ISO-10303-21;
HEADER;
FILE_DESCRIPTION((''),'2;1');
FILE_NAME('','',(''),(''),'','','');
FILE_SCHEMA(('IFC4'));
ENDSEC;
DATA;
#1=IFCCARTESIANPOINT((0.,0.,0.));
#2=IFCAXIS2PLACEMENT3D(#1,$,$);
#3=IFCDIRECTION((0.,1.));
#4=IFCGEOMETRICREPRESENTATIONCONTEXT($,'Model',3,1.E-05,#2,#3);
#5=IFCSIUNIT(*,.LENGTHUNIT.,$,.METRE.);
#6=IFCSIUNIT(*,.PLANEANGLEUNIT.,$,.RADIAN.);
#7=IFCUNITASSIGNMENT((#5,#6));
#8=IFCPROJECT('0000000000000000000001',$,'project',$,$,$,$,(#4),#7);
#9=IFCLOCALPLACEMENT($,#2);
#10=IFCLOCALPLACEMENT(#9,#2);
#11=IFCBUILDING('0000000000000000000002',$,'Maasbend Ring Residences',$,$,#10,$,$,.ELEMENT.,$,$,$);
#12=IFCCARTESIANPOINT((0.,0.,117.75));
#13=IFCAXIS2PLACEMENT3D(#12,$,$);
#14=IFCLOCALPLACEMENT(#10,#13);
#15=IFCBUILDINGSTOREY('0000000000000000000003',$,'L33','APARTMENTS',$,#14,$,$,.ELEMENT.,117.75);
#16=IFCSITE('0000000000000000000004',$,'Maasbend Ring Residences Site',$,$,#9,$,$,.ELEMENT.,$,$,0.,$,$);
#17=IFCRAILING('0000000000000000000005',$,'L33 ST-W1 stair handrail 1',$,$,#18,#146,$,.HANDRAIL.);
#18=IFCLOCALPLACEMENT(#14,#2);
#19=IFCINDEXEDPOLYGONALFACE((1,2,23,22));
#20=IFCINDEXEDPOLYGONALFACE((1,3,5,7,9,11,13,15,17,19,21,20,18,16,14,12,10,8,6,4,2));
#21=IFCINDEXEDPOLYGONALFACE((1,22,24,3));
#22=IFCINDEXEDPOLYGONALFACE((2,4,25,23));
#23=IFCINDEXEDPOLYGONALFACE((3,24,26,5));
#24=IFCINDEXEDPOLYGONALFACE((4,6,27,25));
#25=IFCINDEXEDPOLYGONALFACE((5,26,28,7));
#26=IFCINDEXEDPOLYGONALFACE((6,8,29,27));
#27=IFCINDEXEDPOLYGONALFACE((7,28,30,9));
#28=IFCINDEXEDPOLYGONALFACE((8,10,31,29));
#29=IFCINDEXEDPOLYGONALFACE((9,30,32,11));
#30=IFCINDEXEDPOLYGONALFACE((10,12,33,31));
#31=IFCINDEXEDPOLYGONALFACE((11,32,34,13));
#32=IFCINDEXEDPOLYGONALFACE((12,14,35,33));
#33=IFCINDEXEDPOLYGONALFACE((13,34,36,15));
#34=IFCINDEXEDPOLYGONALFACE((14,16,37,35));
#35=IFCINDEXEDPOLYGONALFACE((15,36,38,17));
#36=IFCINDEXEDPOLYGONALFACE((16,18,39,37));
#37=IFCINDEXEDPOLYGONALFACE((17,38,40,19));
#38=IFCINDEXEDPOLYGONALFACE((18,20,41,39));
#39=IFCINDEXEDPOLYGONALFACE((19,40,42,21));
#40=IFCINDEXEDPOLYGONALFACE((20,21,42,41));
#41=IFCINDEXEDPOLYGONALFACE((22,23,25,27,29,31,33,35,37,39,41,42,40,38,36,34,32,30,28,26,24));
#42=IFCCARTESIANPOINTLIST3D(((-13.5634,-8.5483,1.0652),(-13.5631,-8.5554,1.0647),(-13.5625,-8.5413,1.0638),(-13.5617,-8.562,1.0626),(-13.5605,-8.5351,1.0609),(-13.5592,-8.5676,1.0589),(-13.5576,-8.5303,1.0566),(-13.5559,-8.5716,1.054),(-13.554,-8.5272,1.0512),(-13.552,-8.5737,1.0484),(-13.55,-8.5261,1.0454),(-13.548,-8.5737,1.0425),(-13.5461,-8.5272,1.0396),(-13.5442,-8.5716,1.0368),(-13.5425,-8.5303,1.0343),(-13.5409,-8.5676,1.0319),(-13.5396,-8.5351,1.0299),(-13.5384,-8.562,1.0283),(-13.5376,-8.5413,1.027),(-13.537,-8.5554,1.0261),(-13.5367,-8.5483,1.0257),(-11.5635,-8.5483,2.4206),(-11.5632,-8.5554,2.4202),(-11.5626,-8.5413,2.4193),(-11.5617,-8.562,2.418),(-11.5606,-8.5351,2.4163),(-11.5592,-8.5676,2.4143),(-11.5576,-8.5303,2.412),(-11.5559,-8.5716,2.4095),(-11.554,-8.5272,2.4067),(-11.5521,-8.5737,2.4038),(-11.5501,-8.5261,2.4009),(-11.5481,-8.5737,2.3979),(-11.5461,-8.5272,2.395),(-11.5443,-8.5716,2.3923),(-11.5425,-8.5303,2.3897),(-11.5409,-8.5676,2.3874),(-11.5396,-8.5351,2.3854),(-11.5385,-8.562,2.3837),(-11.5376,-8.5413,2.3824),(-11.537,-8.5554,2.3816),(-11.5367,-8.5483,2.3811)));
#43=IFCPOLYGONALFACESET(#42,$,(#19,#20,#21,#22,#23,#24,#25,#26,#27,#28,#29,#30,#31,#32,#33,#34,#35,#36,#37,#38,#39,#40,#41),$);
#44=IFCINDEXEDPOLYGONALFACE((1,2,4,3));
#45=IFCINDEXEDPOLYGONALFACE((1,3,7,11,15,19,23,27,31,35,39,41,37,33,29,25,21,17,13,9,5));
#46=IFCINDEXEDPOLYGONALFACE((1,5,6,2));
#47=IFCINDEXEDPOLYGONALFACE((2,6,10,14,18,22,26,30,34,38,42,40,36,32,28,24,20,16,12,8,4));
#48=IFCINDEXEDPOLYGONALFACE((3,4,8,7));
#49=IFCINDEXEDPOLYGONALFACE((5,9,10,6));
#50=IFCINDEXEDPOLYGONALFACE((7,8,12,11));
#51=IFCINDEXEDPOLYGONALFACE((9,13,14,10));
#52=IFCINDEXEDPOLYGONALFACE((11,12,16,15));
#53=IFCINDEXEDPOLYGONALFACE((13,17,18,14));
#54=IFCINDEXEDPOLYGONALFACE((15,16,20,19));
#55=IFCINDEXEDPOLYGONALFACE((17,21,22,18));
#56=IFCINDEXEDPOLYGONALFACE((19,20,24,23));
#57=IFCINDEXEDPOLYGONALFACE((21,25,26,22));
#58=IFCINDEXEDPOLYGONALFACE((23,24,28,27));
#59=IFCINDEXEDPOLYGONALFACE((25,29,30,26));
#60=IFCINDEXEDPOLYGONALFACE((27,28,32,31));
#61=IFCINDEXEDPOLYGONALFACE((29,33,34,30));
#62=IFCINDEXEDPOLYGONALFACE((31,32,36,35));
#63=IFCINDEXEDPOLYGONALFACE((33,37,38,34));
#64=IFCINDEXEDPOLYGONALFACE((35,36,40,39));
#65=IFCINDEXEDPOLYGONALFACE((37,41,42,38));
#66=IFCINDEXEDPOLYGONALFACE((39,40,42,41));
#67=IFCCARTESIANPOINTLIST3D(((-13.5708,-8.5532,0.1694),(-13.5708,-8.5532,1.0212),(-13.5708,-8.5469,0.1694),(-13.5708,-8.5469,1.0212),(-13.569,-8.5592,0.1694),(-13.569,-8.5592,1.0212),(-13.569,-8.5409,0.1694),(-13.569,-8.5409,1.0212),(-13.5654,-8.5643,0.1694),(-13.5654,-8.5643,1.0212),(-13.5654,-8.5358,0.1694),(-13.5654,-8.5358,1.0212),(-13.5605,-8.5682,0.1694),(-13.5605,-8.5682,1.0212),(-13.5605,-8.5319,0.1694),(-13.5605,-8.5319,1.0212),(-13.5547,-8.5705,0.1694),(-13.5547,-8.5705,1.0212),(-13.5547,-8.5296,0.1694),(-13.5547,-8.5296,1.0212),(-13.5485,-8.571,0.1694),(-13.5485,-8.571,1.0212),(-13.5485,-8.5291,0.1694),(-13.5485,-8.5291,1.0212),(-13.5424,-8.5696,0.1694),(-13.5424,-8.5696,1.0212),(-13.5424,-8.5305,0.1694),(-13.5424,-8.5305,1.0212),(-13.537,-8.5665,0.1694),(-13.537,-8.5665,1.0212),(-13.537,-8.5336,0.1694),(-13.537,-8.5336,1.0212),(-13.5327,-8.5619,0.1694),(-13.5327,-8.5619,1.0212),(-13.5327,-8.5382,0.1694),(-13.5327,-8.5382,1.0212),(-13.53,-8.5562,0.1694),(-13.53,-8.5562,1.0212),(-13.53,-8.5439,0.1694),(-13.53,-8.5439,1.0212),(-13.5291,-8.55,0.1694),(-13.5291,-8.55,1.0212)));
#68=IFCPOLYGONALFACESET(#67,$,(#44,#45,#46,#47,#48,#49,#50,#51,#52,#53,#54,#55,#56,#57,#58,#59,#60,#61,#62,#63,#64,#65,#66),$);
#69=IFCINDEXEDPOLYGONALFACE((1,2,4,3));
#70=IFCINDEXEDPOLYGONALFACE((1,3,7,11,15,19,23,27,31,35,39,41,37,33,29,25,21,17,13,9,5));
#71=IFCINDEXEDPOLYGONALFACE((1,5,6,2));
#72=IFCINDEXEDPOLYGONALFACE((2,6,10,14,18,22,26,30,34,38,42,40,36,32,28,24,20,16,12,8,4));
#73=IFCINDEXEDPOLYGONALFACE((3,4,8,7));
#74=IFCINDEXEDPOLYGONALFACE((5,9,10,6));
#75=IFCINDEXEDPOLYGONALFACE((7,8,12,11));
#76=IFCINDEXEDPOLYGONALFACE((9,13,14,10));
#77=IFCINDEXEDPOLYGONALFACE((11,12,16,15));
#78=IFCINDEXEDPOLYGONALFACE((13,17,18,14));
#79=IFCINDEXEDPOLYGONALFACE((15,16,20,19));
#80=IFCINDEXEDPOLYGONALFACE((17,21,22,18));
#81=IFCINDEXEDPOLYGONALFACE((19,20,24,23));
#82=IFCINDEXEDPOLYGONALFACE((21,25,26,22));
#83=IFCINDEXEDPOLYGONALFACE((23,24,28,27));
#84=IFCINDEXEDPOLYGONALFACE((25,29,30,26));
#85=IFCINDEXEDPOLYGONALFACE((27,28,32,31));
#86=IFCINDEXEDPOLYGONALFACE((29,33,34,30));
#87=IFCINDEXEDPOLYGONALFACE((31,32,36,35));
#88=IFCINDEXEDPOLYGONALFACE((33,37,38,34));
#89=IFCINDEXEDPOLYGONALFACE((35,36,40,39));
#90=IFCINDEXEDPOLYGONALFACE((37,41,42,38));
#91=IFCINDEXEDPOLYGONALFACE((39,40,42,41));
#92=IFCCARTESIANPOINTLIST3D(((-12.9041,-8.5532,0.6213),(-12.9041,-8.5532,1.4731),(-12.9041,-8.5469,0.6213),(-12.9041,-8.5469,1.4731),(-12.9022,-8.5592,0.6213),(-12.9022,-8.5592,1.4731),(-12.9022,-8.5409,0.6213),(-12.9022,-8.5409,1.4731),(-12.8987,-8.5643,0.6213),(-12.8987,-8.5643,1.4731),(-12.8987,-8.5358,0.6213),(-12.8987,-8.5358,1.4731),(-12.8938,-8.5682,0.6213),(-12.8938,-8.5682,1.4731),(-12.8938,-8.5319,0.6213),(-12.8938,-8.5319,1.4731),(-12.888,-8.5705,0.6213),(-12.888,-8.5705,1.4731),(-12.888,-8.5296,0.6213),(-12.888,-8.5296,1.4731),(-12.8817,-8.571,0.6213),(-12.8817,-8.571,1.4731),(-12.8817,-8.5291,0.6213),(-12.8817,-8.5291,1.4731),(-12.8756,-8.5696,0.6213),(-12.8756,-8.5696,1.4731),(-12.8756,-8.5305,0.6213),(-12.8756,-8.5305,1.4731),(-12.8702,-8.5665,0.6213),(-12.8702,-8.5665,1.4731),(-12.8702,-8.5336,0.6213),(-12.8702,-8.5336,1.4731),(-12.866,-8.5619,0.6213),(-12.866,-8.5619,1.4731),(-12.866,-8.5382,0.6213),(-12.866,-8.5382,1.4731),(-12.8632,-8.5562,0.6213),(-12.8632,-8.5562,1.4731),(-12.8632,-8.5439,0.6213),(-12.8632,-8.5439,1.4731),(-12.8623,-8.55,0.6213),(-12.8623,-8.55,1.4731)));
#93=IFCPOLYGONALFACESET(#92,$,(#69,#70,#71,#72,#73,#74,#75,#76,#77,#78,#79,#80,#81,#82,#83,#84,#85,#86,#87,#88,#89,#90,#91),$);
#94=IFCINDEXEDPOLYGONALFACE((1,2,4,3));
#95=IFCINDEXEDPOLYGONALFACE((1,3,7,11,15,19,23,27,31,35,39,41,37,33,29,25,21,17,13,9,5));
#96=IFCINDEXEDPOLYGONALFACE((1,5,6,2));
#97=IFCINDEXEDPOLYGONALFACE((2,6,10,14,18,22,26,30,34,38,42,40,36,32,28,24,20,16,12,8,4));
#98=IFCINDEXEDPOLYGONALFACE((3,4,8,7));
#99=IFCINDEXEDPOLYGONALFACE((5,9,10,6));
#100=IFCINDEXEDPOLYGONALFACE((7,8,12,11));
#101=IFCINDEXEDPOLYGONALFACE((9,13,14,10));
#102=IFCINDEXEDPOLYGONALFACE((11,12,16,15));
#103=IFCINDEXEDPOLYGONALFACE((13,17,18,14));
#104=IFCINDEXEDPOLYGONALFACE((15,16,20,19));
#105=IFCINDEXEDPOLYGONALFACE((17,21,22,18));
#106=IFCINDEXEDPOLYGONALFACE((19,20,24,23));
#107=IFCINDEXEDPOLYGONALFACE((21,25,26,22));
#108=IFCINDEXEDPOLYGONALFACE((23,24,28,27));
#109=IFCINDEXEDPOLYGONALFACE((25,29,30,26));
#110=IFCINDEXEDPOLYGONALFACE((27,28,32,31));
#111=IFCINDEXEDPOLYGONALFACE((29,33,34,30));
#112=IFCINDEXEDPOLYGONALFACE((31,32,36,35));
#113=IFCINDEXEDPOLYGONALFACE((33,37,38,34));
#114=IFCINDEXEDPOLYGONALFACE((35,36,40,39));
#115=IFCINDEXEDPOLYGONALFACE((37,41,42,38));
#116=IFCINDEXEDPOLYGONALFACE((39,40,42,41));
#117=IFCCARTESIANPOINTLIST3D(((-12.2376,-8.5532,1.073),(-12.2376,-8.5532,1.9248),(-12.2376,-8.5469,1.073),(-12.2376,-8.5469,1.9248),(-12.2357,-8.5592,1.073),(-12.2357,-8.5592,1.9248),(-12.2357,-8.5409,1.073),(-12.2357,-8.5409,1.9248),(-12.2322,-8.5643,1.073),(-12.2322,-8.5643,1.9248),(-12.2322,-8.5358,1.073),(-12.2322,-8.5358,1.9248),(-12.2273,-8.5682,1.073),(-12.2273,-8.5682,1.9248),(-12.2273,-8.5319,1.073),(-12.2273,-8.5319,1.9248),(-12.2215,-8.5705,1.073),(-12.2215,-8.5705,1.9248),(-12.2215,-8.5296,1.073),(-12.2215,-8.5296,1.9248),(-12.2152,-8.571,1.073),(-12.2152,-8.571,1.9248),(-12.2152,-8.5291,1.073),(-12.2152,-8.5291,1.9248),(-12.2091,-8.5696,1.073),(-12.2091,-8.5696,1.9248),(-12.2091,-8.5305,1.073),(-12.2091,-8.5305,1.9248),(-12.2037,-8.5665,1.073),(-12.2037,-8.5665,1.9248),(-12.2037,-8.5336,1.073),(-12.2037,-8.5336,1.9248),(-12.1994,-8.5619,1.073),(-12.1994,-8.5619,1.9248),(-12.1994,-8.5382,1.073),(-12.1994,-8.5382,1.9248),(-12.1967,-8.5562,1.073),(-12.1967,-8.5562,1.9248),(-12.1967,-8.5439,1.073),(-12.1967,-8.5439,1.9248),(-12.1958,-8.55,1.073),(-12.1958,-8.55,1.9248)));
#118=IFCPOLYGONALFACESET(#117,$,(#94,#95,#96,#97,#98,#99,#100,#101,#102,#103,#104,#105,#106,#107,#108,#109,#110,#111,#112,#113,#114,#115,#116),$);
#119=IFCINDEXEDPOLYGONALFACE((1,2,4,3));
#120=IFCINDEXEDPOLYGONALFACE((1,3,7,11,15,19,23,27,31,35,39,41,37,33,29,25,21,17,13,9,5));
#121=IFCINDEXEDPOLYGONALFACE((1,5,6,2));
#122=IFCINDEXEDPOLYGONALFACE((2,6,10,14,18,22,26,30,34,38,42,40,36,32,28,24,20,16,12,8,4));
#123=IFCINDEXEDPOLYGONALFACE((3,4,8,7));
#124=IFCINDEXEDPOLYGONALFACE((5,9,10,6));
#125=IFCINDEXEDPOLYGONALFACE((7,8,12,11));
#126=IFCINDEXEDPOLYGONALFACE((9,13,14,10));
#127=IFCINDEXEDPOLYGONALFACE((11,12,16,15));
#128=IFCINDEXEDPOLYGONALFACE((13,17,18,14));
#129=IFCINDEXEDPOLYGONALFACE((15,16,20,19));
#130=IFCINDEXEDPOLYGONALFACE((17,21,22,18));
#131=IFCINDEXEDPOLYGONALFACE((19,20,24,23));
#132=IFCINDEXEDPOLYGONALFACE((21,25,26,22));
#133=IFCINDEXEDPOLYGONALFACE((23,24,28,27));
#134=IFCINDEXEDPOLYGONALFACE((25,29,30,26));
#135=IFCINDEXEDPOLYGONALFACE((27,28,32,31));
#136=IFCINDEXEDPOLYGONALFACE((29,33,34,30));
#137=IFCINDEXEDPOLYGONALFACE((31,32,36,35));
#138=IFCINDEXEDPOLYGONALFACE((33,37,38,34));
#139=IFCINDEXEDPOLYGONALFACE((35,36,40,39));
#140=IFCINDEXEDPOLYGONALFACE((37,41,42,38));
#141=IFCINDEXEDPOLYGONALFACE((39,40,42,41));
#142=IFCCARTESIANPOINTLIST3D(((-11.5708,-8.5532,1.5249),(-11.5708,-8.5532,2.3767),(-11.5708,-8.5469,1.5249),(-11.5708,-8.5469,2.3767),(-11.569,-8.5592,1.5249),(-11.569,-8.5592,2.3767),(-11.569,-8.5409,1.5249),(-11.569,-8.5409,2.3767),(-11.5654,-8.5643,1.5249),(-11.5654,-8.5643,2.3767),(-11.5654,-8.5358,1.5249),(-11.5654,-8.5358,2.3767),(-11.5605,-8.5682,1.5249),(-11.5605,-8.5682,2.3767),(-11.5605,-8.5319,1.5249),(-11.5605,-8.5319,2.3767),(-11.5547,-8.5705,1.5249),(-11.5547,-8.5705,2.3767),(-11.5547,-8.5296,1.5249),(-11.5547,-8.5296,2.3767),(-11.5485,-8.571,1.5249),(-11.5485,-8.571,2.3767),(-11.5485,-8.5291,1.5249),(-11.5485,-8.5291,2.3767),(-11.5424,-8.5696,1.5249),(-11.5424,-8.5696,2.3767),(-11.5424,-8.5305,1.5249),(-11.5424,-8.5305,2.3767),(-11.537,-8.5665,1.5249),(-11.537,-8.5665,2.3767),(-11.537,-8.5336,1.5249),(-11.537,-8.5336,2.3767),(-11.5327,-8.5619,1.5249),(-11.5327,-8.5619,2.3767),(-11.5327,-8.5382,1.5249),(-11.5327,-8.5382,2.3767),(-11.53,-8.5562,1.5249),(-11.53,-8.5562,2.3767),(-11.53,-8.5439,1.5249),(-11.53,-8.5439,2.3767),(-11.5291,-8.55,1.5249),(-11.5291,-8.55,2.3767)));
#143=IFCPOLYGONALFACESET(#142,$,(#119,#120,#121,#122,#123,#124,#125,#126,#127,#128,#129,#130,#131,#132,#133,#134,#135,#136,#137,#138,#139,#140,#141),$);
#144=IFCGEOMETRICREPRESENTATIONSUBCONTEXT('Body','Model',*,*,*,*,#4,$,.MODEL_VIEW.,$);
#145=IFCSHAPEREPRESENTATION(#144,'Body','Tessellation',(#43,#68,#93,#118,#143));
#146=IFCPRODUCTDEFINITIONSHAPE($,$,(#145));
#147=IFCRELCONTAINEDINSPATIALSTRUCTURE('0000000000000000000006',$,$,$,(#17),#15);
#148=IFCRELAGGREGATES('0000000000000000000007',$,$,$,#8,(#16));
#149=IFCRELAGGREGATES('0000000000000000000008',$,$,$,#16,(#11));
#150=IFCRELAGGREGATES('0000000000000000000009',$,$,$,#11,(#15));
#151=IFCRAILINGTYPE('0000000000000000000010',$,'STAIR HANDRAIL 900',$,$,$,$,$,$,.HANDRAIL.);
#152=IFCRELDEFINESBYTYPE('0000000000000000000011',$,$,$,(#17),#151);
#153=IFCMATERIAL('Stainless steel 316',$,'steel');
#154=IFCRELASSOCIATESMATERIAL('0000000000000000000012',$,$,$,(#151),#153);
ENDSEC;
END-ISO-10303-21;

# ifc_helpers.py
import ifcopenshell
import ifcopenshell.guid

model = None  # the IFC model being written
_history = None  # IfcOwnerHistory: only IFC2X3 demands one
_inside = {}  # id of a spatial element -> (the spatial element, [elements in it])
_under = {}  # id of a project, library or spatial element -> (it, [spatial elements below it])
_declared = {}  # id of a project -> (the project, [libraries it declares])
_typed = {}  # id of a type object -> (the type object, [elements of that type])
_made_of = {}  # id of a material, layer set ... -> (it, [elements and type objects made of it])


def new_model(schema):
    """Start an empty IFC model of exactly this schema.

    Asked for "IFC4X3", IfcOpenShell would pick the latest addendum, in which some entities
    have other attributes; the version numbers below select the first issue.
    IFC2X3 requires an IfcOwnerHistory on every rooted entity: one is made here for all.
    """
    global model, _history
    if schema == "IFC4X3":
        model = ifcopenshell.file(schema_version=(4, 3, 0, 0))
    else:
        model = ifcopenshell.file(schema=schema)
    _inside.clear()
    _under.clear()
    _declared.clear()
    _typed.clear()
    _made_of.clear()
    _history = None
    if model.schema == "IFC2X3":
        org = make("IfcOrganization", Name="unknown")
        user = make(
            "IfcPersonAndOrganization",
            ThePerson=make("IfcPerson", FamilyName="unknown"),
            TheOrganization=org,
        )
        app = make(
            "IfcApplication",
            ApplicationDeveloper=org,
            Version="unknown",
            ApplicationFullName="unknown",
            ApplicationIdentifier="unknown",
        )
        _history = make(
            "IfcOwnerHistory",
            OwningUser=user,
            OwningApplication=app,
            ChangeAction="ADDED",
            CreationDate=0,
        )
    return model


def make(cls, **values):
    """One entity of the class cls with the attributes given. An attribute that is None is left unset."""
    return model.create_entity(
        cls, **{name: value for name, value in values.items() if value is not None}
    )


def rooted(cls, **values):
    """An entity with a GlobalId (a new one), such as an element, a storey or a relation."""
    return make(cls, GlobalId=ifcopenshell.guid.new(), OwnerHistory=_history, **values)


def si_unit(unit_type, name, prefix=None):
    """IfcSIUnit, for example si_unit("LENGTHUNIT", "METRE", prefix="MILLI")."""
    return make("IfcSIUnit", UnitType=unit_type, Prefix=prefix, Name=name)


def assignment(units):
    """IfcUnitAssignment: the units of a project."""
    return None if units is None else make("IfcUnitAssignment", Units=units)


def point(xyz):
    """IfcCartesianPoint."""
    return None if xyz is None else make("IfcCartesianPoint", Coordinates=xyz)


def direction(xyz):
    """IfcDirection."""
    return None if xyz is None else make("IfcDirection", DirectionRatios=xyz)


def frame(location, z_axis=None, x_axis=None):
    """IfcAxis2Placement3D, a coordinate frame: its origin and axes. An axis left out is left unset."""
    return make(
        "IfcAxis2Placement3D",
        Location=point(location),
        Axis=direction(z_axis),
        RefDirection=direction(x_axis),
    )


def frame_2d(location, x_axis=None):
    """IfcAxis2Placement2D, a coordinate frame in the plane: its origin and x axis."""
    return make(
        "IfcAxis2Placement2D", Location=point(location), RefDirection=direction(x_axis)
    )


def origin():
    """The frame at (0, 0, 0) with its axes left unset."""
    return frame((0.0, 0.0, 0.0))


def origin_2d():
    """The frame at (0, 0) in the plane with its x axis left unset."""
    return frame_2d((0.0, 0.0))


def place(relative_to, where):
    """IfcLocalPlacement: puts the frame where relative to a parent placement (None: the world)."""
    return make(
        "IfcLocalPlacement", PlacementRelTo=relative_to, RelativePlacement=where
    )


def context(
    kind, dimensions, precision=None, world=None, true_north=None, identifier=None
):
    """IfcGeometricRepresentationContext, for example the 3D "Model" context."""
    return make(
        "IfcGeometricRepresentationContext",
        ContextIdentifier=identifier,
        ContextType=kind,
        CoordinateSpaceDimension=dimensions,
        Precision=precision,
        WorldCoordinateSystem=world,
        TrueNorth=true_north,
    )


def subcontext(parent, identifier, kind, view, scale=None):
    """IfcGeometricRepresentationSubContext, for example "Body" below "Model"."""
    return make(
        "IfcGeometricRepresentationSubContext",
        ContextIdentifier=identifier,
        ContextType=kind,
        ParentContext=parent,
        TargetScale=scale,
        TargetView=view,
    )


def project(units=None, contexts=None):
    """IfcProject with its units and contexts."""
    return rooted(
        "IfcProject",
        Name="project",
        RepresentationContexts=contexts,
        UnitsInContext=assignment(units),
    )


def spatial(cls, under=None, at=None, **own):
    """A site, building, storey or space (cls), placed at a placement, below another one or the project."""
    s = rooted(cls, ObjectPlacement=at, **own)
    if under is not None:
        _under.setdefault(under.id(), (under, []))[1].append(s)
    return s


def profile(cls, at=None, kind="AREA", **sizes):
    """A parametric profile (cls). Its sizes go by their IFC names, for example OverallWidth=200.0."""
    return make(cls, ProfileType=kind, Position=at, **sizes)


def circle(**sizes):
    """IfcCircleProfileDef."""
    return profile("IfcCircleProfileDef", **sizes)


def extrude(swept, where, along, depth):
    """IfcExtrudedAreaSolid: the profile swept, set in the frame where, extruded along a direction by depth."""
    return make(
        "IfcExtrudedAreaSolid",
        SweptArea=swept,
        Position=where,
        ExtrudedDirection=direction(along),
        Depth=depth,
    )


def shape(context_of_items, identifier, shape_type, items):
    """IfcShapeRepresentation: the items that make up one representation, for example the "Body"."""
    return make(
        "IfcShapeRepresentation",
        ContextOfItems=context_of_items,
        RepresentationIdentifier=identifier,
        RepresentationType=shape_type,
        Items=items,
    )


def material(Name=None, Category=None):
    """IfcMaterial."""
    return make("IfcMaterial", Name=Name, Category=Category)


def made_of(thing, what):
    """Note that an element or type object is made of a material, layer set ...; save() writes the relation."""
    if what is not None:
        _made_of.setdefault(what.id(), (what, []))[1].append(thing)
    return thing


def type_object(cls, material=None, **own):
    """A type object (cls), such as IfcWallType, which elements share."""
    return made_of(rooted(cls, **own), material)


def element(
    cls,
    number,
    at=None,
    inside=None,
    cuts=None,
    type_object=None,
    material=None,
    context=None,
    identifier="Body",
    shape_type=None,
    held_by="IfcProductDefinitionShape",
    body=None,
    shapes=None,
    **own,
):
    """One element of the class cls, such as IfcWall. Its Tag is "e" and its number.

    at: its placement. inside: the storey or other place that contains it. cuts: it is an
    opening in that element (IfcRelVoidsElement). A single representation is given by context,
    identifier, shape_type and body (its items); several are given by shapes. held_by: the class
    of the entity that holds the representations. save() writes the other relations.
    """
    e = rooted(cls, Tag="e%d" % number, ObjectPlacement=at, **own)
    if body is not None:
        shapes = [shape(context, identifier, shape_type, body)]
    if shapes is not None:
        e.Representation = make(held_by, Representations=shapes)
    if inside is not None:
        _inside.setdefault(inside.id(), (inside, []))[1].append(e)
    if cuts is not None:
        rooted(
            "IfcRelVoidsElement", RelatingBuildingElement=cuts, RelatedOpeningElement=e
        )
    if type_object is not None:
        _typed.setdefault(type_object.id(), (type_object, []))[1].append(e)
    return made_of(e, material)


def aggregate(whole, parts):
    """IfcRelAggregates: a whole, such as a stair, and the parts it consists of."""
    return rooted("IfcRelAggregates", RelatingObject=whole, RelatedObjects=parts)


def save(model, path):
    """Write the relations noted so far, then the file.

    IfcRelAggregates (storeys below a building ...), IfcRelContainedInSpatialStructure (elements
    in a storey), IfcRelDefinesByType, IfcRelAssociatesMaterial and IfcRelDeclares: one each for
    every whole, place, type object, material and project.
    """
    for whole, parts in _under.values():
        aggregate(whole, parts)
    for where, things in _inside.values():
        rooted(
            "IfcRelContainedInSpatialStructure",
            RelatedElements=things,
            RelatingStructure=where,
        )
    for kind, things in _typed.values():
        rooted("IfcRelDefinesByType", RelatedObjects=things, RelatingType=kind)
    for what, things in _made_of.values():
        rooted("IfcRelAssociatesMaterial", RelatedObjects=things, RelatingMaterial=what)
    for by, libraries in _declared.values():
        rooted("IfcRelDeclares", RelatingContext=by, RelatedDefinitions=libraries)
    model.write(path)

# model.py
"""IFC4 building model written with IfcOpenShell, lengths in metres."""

from ifc_helpers import new_model, si_unit, direction, frame, origin, origin_2d, place, context, subcontext, project, spatial, circle, extrude, material, type_object, element, save


model = new_model("IFC4")

# Units and contexts
model_context = context("Model", 3, precision=1e-05, world=origin(), true_north=direction((0.0, 1.0)))
body_context = subcontext(model_context, "Body", "Model", "MODEL_VIEW")
ifc_project = project(units=[si_unit("LENGTHUNIT", "METRE"), si_unit("PLANEANGLEUNIT", "RADIAN")], contexts=[model_context])

# Site, building, storey
site_placement = place(None, origin())
site = spatial("IfcSite", under=ifc_project, at=site_placement, Name="Maasbend Ring Residences Site", CompositionType="ELEMENT", RefElevation=0.0)
building_placement = place(site_placement, origin())
building = spatial("IfcBuilding", under=site, at=building_placement, Name="Maasbend Ring Residences", CompositionType="ELEMENT")
storey_placement = place(building_placement, frame((0.0, 0.0, 117.75)))
storey = spatial("IfcBuildingStorey", under=building, at=storey_placement, Name="L33", Description="APARTMENTS", CompositionType="ELEMENT", Elevation=117.75)

# Railing
ifc_material_1 = material(Name="Stainless steel 316", Category="steel")
railing_type_1 = type_object("IfcRailingType", Name="STAIR HANDRAIL 900", PredefinedType="HANDRAIL", material=ifc_material_1)
railing_1_placement = place(storey_placement, frame((-13.55, -8.55, 0.1694)))
element("IfcRailing", 1, at=railing_1_placement, inside=storey, type_object=railing_type_1, Name="L33 ST-W1 stair handrail 1", PredefinedType="HANDRAIL", context=body_context, shape_type="SweptSolid", body=[
    extrude(circle(Radius=0.0239, at=origin_2d()), frame((0.0, 0.0, 0.876), z_axis=(0.827798, 0.0, 0.561027), x_axis=(0.0, 1.0, 0.0)), (0.0, 0.0, 1.0), 2.416),
    extrude(circle(Radius=0.021, at=origin_2d()), origin(), (0.0, 0.0, 1.0), 0.8518),
    extrude(circle(Radius=0.021, at=origin_2d()), frame((0.6667, 0.0, 0.4519)), (0.0, 0.0, 1.0), 0.8518),
    extrude(circle(Radius=0.021, at=origin_2d()), frame((1.3333, 0.0, 0.9036)), (0.0, 0.0, 1.0), 0.8518),
    extrude(circle(Radius=0.021, at=origin_2d()), frame((2.0, 0.0, 1.3555)), (0.0, 0.0, 1.0), 0.8518),
])

save(model, "model.ifc")
